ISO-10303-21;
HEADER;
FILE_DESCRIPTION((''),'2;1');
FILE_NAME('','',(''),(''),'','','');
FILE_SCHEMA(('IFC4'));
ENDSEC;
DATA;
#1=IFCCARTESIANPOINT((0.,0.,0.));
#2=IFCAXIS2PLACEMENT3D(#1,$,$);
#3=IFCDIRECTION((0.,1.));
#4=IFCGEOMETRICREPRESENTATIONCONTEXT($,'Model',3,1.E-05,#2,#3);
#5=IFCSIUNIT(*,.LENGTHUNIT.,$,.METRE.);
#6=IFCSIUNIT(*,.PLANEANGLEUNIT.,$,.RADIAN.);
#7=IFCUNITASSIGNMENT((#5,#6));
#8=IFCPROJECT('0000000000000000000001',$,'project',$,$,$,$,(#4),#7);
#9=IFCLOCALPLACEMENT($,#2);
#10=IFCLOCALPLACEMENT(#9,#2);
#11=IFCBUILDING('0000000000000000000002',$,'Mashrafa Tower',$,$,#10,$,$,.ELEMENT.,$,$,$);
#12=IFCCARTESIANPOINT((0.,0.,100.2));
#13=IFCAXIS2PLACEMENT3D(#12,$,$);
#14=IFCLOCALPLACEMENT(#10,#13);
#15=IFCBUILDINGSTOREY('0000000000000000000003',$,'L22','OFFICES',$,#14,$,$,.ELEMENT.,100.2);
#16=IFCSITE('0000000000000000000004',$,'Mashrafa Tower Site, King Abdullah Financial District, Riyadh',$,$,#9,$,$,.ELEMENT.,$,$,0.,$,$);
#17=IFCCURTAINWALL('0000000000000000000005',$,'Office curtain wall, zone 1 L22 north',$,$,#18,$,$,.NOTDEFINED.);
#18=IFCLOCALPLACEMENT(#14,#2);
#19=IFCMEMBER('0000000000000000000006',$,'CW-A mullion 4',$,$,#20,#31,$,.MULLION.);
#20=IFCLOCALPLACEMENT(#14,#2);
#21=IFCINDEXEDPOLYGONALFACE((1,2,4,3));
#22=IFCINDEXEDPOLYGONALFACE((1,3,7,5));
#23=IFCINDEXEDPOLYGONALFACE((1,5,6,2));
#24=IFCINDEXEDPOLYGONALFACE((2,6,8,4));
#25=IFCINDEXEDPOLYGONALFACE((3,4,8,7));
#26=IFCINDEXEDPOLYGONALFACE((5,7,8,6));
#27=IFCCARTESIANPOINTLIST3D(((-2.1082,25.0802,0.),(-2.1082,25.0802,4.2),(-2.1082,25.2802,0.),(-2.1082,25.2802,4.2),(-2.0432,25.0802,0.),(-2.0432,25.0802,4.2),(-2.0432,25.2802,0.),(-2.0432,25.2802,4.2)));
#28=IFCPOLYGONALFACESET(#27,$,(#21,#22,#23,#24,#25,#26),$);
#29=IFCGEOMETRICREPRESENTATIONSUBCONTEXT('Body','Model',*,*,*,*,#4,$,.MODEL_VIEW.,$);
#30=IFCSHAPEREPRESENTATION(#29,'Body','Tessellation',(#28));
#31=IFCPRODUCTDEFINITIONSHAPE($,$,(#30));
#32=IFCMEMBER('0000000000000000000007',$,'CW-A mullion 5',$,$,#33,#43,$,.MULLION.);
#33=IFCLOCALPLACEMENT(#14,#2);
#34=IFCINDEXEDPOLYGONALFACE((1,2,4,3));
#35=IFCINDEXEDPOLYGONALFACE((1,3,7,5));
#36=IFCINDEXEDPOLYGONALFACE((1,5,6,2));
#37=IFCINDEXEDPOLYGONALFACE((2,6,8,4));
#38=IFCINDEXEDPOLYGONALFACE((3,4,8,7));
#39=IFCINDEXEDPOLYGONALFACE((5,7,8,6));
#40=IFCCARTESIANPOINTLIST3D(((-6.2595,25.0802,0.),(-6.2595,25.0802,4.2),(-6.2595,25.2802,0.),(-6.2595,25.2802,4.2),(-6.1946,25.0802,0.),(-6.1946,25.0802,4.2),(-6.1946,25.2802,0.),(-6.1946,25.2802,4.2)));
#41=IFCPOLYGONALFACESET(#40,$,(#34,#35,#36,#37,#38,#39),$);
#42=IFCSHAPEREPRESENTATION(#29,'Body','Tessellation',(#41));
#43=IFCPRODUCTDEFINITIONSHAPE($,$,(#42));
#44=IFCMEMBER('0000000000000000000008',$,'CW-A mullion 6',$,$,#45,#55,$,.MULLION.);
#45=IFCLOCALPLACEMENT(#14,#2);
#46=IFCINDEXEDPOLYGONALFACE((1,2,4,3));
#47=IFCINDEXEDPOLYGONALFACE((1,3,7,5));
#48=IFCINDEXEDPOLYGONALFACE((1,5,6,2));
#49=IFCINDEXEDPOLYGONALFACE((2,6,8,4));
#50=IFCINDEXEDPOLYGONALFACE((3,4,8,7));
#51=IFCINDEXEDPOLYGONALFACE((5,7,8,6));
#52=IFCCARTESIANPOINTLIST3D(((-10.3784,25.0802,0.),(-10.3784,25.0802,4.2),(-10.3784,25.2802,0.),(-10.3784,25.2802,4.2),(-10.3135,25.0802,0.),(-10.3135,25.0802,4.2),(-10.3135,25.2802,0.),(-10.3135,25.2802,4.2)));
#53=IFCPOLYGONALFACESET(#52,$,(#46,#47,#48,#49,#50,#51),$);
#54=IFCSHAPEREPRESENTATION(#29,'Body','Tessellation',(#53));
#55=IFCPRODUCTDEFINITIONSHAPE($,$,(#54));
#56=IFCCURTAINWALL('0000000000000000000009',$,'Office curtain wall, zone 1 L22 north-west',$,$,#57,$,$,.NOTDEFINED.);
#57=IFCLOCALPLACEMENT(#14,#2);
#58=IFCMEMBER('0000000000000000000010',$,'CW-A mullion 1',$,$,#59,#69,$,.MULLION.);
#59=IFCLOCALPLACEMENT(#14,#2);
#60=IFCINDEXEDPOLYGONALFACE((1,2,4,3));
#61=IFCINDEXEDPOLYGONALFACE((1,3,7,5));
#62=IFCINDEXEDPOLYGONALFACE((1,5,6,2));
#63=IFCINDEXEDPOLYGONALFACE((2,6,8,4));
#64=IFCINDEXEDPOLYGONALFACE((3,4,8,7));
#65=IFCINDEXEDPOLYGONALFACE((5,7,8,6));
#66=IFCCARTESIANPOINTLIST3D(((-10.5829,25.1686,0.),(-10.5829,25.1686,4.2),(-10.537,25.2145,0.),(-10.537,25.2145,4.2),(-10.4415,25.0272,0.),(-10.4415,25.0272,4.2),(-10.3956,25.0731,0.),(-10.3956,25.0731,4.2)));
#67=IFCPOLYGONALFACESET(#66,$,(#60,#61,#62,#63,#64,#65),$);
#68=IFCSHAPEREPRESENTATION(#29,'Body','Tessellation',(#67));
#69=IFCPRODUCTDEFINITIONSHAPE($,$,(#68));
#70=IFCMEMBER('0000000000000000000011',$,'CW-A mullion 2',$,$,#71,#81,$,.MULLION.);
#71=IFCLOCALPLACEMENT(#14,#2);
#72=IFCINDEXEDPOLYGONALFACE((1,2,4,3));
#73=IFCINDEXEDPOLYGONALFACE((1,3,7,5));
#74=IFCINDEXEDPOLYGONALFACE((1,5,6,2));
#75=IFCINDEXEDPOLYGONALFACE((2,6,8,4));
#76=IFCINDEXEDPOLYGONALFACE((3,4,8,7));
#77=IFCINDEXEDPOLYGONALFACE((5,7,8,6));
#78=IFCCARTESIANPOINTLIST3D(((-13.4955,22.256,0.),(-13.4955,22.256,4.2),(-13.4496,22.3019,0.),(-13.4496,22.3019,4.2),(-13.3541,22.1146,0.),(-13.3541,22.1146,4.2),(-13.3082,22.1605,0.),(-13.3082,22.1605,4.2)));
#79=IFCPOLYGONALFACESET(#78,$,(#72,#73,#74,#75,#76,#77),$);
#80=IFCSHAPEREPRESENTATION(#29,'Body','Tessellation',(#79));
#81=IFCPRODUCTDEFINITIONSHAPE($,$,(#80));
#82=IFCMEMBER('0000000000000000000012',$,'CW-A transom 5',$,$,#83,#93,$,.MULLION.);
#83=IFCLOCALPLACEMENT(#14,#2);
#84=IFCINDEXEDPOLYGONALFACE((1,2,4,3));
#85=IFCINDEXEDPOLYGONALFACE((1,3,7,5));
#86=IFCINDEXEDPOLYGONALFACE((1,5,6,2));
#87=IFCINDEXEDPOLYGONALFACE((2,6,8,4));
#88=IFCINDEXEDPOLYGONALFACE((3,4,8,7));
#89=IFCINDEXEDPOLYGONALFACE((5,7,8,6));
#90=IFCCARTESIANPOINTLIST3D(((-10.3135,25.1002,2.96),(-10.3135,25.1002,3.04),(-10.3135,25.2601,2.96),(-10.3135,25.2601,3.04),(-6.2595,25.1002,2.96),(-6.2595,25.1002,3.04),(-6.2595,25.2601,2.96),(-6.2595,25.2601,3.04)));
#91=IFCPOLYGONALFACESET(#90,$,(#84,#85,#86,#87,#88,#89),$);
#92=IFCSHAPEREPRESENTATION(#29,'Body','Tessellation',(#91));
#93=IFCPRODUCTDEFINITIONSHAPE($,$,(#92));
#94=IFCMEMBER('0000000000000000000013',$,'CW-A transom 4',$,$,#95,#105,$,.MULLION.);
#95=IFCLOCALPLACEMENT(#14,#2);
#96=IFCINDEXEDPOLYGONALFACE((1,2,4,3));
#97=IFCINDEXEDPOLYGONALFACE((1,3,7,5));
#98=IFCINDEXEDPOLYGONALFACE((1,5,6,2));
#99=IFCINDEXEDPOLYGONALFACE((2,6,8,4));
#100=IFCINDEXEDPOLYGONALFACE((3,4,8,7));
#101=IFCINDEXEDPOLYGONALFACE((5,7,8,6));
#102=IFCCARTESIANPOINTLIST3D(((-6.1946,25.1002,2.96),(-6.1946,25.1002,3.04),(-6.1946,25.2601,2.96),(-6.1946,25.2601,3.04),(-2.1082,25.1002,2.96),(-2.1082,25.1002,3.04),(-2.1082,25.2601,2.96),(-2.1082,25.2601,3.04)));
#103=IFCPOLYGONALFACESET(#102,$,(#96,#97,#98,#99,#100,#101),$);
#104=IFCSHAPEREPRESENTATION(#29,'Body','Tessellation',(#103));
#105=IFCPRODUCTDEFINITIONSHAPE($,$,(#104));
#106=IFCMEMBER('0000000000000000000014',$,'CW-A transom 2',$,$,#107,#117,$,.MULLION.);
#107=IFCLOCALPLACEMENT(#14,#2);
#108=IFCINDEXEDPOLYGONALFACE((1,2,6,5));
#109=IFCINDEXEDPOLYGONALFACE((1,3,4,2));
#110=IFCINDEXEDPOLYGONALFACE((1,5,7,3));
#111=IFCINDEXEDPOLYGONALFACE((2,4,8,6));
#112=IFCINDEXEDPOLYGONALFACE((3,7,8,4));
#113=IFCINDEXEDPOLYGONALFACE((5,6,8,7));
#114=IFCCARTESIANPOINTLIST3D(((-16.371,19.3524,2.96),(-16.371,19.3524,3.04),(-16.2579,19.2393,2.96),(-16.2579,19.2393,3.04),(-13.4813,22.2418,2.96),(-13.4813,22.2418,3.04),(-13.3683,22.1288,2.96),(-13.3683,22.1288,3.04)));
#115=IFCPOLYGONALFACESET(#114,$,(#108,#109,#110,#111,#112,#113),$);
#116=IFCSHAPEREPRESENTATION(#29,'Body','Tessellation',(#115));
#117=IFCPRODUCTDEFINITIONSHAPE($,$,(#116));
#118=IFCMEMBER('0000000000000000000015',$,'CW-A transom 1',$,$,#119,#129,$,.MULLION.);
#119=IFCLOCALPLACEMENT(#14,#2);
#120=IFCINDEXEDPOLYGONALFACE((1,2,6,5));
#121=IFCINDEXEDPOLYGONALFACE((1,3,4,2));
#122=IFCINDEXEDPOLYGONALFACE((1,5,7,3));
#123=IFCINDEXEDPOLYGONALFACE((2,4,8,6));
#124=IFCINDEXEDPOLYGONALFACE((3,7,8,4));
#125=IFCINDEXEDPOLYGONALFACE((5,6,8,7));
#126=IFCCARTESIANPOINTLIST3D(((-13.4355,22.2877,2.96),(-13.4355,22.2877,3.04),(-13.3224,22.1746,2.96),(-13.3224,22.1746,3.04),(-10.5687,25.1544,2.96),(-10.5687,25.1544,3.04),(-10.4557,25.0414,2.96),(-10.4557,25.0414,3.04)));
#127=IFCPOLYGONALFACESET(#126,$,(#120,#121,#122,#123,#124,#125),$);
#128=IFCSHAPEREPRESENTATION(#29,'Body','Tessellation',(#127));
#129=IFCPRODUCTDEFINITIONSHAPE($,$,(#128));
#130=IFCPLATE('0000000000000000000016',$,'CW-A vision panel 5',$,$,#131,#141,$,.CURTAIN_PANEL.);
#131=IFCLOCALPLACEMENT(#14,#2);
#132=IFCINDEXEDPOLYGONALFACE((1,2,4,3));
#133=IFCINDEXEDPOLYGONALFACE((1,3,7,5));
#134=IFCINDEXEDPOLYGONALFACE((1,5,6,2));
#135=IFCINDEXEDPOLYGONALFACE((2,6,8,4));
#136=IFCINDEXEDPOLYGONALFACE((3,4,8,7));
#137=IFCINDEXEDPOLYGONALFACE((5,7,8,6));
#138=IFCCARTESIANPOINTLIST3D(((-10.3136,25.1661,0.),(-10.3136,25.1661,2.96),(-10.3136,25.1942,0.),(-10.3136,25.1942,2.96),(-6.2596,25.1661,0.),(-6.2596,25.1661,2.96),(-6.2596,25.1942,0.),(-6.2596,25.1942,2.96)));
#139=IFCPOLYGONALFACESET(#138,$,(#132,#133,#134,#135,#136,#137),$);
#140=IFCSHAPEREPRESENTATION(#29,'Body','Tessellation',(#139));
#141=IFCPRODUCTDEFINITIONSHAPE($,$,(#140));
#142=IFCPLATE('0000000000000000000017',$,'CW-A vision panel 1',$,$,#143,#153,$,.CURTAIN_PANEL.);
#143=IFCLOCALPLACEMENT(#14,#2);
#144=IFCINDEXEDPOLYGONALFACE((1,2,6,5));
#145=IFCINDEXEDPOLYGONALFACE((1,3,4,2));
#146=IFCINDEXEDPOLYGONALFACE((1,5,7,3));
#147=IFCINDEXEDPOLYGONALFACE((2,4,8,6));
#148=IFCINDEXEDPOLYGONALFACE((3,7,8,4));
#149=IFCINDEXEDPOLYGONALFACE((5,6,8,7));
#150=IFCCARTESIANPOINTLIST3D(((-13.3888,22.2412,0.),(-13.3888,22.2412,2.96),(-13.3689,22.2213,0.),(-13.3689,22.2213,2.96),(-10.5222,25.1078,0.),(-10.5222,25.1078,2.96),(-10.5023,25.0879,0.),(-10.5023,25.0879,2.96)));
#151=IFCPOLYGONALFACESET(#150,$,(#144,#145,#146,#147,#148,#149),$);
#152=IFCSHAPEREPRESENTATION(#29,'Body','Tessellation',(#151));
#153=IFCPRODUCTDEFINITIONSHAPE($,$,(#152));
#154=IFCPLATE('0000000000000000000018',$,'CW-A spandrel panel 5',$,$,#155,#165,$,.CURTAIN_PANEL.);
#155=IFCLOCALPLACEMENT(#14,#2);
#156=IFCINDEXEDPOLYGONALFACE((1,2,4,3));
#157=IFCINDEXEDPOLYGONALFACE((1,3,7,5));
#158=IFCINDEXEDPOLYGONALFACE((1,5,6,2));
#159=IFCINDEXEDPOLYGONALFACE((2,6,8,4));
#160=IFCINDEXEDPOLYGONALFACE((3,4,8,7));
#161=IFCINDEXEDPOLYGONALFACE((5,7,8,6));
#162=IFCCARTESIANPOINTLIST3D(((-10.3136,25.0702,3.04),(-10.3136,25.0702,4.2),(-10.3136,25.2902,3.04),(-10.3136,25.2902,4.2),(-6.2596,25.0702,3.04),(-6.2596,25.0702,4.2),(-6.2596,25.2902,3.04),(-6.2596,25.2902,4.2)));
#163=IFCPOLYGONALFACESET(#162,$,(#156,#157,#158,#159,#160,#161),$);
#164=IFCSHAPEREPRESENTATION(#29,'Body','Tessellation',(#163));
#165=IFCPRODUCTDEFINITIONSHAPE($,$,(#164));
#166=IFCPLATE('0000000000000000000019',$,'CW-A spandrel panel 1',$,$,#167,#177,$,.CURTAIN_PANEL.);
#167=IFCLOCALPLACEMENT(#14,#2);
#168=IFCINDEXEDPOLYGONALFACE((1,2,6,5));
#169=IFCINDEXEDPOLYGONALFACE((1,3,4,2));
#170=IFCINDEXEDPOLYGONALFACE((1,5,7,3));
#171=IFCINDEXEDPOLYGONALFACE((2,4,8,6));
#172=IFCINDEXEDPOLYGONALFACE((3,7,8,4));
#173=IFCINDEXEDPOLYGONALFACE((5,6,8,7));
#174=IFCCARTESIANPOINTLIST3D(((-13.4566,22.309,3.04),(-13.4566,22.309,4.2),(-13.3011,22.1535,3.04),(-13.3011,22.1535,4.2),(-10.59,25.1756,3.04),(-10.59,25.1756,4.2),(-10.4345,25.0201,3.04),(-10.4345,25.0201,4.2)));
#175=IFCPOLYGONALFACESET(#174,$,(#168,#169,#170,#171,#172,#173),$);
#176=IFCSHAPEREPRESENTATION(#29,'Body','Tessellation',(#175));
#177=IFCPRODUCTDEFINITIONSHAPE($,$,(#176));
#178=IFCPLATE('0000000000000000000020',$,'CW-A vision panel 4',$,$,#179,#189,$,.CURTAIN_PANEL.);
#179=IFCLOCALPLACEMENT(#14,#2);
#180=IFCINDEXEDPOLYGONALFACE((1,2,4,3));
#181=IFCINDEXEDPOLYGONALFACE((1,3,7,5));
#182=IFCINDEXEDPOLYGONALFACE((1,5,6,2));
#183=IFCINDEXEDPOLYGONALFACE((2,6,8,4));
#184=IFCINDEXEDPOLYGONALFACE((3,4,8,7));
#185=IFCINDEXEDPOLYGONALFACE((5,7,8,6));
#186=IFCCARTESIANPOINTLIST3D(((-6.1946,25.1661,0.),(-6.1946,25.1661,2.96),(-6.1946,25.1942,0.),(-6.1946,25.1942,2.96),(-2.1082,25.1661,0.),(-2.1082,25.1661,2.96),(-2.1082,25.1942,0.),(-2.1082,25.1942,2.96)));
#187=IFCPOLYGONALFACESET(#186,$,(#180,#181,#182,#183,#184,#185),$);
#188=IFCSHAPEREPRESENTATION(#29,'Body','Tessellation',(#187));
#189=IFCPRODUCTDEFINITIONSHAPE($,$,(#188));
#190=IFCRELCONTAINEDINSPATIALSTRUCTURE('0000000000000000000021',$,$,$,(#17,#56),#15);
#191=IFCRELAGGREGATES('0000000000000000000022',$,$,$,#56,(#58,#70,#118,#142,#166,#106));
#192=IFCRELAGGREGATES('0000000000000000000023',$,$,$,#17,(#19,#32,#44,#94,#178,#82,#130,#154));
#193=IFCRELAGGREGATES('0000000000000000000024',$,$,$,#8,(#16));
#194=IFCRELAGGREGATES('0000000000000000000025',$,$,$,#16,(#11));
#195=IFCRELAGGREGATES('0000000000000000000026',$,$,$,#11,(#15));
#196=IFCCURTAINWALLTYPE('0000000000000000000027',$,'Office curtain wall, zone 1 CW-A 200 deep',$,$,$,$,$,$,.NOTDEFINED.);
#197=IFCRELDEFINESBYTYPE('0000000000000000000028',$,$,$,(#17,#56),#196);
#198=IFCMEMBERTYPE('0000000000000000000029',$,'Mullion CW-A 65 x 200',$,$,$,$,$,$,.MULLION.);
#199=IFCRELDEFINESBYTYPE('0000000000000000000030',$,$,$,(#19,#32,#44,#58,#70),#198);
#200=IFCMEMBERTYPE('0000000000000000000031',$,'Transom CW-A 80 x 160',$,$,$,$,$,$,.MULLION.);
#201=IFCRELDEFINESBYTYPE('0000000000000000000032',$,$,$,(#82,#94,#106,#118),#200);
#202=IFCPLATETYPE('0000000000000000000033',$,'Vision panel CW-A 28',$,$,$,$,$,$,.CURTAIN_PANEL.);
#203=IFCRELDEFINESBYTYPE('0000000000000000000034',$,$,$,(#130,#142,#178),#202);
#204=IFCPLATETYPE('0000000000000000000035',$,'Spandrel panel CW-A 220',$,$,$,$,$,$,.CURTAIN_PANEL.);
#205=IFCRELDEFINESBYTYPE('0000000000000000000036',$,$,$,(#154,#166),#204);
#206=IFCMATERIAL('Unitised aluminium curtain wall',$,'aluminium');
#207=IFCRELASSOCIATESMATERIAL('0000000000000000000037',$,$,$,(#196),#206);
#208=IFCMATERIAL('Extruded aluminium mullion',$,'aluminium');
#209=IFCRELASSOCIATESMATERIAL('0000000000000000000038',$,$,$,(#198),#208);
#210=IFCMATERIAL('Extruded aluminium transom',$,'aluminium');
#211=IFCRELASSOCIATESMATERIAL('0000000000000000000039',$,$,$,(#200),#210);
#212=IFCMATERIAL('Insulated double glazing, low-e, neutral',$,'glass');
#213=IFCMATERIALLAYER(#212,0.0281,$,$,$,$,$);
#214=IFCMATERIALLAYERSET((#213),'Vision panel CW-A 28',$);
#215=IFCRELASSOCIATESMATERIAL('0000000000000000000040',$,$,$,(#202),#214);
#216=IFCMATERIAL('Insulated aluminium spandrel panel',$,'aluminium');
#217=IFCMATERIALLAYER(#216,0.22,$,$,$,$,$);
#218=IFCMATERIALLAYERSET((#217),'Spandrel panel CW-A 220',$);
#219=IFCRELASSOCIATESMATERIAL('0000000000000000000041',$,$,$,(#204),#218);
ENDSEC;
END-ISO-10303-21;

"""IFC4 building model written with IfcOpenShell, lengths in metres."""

from ifc_helpers import new_model, si_unit, direction, frame, origin, origin_2d, place, context, subcontext, project, spatial, rectangle, extrude, source, transform, mapped, material, layer, layer_set, material_profile, profile_set, type_object, type_shapes, element, aggregate, save


model = new_model("IFC4")

# Units and contexts
model_context = context("Model", 3, precision=1e-05, world=origin(), true_north=direction((0.0, 1.0)))
body_context = subcontext(model_context, "Body", "Model", "MODEL_VIEW")
ifc_project = project(units=[si_unit("LENGTHUNIT", "METRE"), si_unit("PLANEANGLEUNIT", "RADIAN")], contexts=[model_context])

# Site, building, storey
site_placement = place(None, origin())
site = spatial("IfcSite", under=ifc_project, at=site_placement, Name="Mashrafa Tower Site, King Abdullah Financial District, Riyadh", CompositionType="ELEMENT", RefElevation=0.0)
building_placement = place(site_placement, origin())
building = spatial("IfcBuilding", under=site, at=building_placement, Name="Mashrafa Tower", CompositionType="ELEMENT")
storey_placement = place(building_placement, frame((0.0, 0.0, 100.2)))
storey = spatial("IfcBuildingStorey", under=building, at=storey_placement, Name="L22", Description="OFFICES", CompositionType="ELEMENT", Elevation=100.2)

# Curtain walls, members
ifc_material_1 = material(Name="Unitised aluminium curtain wall", Category="aluminium")
curtain_wall_type = type_object("IfcCurtainWallType", Name="Office curtain wall, zone 1 CW-A 200 deep", PredefinedType="NOTDEFINED", material=ifc_material_1)
curtain_wall_1_placement = place(storey_placement, origin())
curtain_wall_1 = element("IfcCurtainWall", 1, at=curtain_wall_1_placement, inside=storey, type_object=curtain_wall_type, Name="Office curtain wall, zone 1 L22 north", PredefinedType="NOTDEFINED")
ifc_material_2 = material(Name="Extruded aluminium mullion", Category="aluminium")
ifc_material_profile_1 = material_profile(ifc_material_2, rectangle(XDim=0.2, YDim=0.0649, at=origin_2d()), Name="Mullion 65x200")
ifc_profile_set_1 = profile_set([ifc_material_profile_1], Name="Extruded aluminium mullion")
member_type_1 = type_object("IfcMemberType", Name="Mullion CW-A 65 x 200", PredefinedType="MULLION", material=ifc_profile_set_1)
shared_shape_1 = source(origin(), body_context, "Body", "SweptSolid", [
    extrude(rectangle(XDim=0.2, YDim=0.0649, at=origin_2d()), origin(), (0.0, 0.0, 1.0), 4.2),
])
type_shapes(member_type_1, [shared_shape_1])
member_1_placement = place(storey_placement, frame((-2.0757, 25.1802, 0.0), z_axis=(0.0, 0.0, 1.0), x_axis=(0.0, -1.0, 0.0)))
member_1 = element("IfcMember", 2, at=member_1_placement, type_object=member_type_1, Name="CW-A mullion 4", PredefinedType="MULLION", context=body_context, shape_type="MappedRepresentation", body=[
    mapped(shared_shape_1, transform((0.0, 0.0, 0.0))),
])
member_2_placement = place(storey_placement, frame((-6.2271, 25.1802, 0.0), z_axis=(0.0, 0.0, 1.0), x_axis=(0.0, -1.0, 0.0)))
member_2 = element("IfcMember", 3, at=member_2_placement, type_object=member_type_1, Name="CW-A mullion 5", PredefinedType="MULLION", context=body_context, shape_type="MappedRepresentation", body=[
    mapped(shared_shape_1, transform((0.0, 0.0, 0.0))),
])
member_3_placement = place(storey_placement, frame((-10.3459, 25.1802, 0.0), z_axis=(0.0, 0.0, 1.0), x_axis=(0.0, -1.0, 0.0)))
member_3 = element("IfcMember", 4, at=member_3_placement, type_object=member_type_1, Name="CW-A mullion 6", PredefinedType="MULLION", context=body_context, shape_type="MappedRepresentation", body=[
    mapped(shared_shape_1, transform((0.0, 0.0, 0.0))),
])
curtain_wall_2_placement = place(storey_placement, origin())
curtain_wall_2 = element("IfcCurtainWall", 5, at=curtain_wall_2_placement, inside=storey, type_object=curtain_wall_type, Name="Office curtain wall, zone 1 L22 north-west", PredefinedType="NOTDEFINED")
member_4_placement = place(storey_placement, frame((-10.4893, 25.1208, 0.0), z_axis=(0.0, 0.0, 1.0), x_axis=(0.707107, -0.707107, 0.0)))
member_4 = element("IfcMember", 6, at=member_4_placement, type_object=member_type_1, Name="CW-A mullion 1", PredefinedType="MULLION", context=body_context, shape_type="MappedRepresentation", body=[
    mapped(shared_shape_1, transform((0.0, 0.0, 0.0))),
])
member_5_placement = place(storey_placement, frame((-13.4019, 22.2083, 0.0), z_axis=(0.0, 0.0, 1.0), x_axis=(0.707107, -0.707107, 0.0)))
member_5 = element("IfcMember", 7, at=member_5_placement, type_object=member_type_1, Name="CW-A mullion 2", PredefinedType="MULLION", context=body_context, shape_type="MappedRepresentation", body=[
    mapped(shared_shape_1, transform((0.0, 0.0, 0.0))),
])

# Members
ifc_material_3 = material(Name="Extruded aluminium transom", Category="aluminium")
ifc_material_profile_2 = material_profile(ifc_material_3, rectangle(XDim=0.1599, YDim=0.0801, at=origin_2d()), Name="Transom 80x160")
ifc_profile_set_2 = profile_set([ifc_material_profile_2], Name="Extruded aluminium transom")
member_type_2 = type_object("IfcMemberType", Name="Transom CW-A 80 x 160", PredefinedType="MULLION", material=ifc_profile_set_2)
shared_shape_2 = source(origin(), body_context, "Body", "SweptSolid", [
    extrude(rectangle(XDim=0.1599, YDim=0.0801, at=origin_2d()), origin(), (0.0, 0.0, 1.0), 4.054),
])
member_6_placement = place(storey_placement, frame((-6.2595, 25.1802, 3.0), z_axis=(-1.0, 0.0, 0.0), x_axis=(0.0, -1.0, 0.0)))
member_6 = element("IfcMember", 8, at=member_6_placement, type_object=member_type_2, Name="CW-A transom 5", PredefinedType="MULLION", context=body_context, shape_type="MappedRepresentation", body=[
    mapped(shared_shape_2, transform((0.0, 0.0, 0.0))),
])
shared_shape_3 = source(origin(), body_context, "Body", "SweptSolid", [
    extrude(rectangle(XDim=0.1599, YDim=0.0801, at=origin_2d()), origin(), (0.0, 0.0, 1.0), 4.0864),
])
member_7_placement = place(storey_placement, frame((-2.1082, 25.1802, 3.0), z_axis=(-1.0, 0.0, 0.0), x_axis=(0.0, -1.0, 0.0)))
member_7 = element("IfcMember", 9, at=member_7_placement, type_object=member_type_2, Name="CW-A transom 4", PredefinedType="MULLION", context=body_context, shape_type="MappedRepresentation", body=[
    mapped(shared_shape_3, transform((0.0, 0.0, 0.0))),
])
member_8_placement = place(storey_placement, frame((-13.4248, 22.1853, 3.0), z_axis=(-0.707137, -0.707077, 0.0), x_axis=(0.707077, -0.707137, 0.0)))
member_8 = element("IfcMember", 10, at=member_8_placement, type_object=member_type_2, Name="CW-A transom 2", PredefinedType="MULLION", context=body_context, shape_type="MappedRepresentation", body=[
    mapped(shared_shape_3, transform((0.0, 0.0, 0.0))),
])
shared_shape_4 = source(origin(), body_context, "Body", "SweptSolid", [
    extrude(rectangle(XDim=0.1599, YDim=0.0801, at=origin_2d()), origin(), (0.0, 0.0, 1.0), 4.0542),
])
type_shapes(member_type_2, [shared_shape_2, shared_shape_3, shared_shape_4])
member_9_placement = place(storey_placement, frame((-10.5122, 25.0979, 3.0), z_axis=(-0.707107, -0.707107, 0.0), x_axis=(0.707107, -0.707107, 0.0)))
member_9 = element("IfcMember", 11, at=member_9_placement, type_object=member_type_2, Name="CW-A transom 1", PredefinedType="MULLION", context=body_context, shape_type="MappedRepresentation", body=[
    mapped(shared_shape_4, transform((0.0, 0.0, 0.0))),
])

# Plates
ifc_material_4 = material(Name="Insulated double glazing, low-e, neutral", Category="glass")
ifc_layer_1 = layer(ifc_material_4, 0.0281)
ifc_layer_set_1 = layer_set([ifc_layer_1], Name="Vision panel CW-A 28")
plate_type_1 = type_object("IfcPlateType", Name="Vision panel CW-A 28", PredefinedType="CURTAIN_PANEL", material=ifc_layer_set_1)
shared_shape_5 = source(origin(), body_context, "Body", "SweptSolid", [
    extrude(rectangle(XDim=4.054, YDim=0.0281, at=origin_2d()), origin(), (0.0, 0.0, 1.0), 2.96),
])
plate_1_placement = place(storey_placement, frame((-8.2866, 25.1802, 0.0), z_axis=(0.0, 0.0, 1.0), x_axis=(-1.0, 0.0, 0.0)))
plate_1 = element("IfcPlate", 12, at=plate_1_placement, type_object=plate_type_1, Name="CW-A vision panel 5", PredefinedType="CURTAIN_PANEL", context=body_context, shape_type="MappedRepresentation", body=[
    mapped(shared_shape_5, transform((0.0, 0.0, 0.0))),
])
plate_2_placement = place(storey_placement, frame((-11.9456, 23.6646, 0.0), z_axis=(0.0, 0.0, 1.0), x_axis=(-0.707107, -0.707107, 0.0)))
plate_2 = element("IfcPlate", 13, at=plate_2_placement, type_object=plate_type_1, Name="CW-A vision panel 1", PredefinedType="CURTAIN_PANEL", context=body_context, shape_type="MappedRepresentation", body=[
    mapped(shared_shape_5, transform((0.0, 0.0, 0.0))),
])
ifc_material_5 = material(Name="Insulated aluminium spandrel panel", Category="aluminium")
ifc_layer_2 = layer(ifc_material_5, 0.22)
ifc_layer_set_2 = layer_set([ifc_layer_2], Name="Spandrel panel CW-A 220")
plate_type_2 = type_object("IfcPlateType", Name="Spandrel panel CW-A 220", PredefinedType="CURTAIN_PANEL", material=ifc_layer_set_2)
shared_shape_6 = source(origin(), body_context, "Body", "SweptSolid", [
    extrude(rectangle(XDim=4.054, YDim=0.22, at=origin_2d()), origin(), (0.0, 0.0, 1.0), 1.1599),
])
plate_3_placement = place(storey_placement, frame((-8.2866, 25.1802, 3.04), z_axis=(0.0, 0.0, 1.0), x_axis=(-1.0, 0.0, 0.0)))
plate_3 = element("IfcPlate", 14, at=plate_3_placement, type_object=plate_type_2, Name="CW-A spandrel panel 5", PredefinedType="CURTAIN_PANEL", context=body_context, shape_type="MappedRepresentation", body=[
    mapped(shared_shape_6, transform((0.0, 0.0, 0.0))),
])
plate_4_placement = place(storey_placement, frame((-11.9456, 23.6646, 3.04), z_axis=(0.0, 0.0, 1.0), x_axis=(-0.707107, -0.707107, 0.0)))
plate_4 = element("IfcPlate", 15, at=plate_4_placement, type_object=plate_type_2, Name="CW-A spandrel panel 1", PredefinedType="CURTAIN_PANEL", context=body_context, shape_type="MappedRepresentation", body=[
    mapped(shared_shape_6, transform((0.0, 0.0, 0.0))),
])
aggregate(curtain_wall_2, [member_4, member_5, member_9, plate_2, plate_4, member_8])
shared_shape_7 = source(origin(), body_context, "Body", "SweptSolid", [
    extrude(rectangle(XDim=4.0864, YDim=0.0281, at=origin_2d()), origin(), (0.0, 0.0, 1.0), 2.96),
])
type_shapes(plate_type_1, [shared_shape_5, shared_shape_7])
plate_5_placement = place(storey_placement, frame((-4.1514, 25.1802, 0.0), z_axis=(0.0, 0.0, 1.0), x_axis=(-1.0, 0.0, 0.0)))
plate_5 = element("IfcPlate", 16, at=plate_5_placement, type_object=plate_type_1, Name="CW-A vision panel 4", PredefinedType="CURTAIN_PANEL", context=body_context, shape_type="MappedRepresentation", body=[
    mapped(shared_shape_7, transform((0.0, 0.0, 0.0))),
])
aggregate(curtain_wall_1, [member_1, member_2, member_3, member_7, plate_5, member_6, plate_1, plate_3])

save(model, "model.ifc")
